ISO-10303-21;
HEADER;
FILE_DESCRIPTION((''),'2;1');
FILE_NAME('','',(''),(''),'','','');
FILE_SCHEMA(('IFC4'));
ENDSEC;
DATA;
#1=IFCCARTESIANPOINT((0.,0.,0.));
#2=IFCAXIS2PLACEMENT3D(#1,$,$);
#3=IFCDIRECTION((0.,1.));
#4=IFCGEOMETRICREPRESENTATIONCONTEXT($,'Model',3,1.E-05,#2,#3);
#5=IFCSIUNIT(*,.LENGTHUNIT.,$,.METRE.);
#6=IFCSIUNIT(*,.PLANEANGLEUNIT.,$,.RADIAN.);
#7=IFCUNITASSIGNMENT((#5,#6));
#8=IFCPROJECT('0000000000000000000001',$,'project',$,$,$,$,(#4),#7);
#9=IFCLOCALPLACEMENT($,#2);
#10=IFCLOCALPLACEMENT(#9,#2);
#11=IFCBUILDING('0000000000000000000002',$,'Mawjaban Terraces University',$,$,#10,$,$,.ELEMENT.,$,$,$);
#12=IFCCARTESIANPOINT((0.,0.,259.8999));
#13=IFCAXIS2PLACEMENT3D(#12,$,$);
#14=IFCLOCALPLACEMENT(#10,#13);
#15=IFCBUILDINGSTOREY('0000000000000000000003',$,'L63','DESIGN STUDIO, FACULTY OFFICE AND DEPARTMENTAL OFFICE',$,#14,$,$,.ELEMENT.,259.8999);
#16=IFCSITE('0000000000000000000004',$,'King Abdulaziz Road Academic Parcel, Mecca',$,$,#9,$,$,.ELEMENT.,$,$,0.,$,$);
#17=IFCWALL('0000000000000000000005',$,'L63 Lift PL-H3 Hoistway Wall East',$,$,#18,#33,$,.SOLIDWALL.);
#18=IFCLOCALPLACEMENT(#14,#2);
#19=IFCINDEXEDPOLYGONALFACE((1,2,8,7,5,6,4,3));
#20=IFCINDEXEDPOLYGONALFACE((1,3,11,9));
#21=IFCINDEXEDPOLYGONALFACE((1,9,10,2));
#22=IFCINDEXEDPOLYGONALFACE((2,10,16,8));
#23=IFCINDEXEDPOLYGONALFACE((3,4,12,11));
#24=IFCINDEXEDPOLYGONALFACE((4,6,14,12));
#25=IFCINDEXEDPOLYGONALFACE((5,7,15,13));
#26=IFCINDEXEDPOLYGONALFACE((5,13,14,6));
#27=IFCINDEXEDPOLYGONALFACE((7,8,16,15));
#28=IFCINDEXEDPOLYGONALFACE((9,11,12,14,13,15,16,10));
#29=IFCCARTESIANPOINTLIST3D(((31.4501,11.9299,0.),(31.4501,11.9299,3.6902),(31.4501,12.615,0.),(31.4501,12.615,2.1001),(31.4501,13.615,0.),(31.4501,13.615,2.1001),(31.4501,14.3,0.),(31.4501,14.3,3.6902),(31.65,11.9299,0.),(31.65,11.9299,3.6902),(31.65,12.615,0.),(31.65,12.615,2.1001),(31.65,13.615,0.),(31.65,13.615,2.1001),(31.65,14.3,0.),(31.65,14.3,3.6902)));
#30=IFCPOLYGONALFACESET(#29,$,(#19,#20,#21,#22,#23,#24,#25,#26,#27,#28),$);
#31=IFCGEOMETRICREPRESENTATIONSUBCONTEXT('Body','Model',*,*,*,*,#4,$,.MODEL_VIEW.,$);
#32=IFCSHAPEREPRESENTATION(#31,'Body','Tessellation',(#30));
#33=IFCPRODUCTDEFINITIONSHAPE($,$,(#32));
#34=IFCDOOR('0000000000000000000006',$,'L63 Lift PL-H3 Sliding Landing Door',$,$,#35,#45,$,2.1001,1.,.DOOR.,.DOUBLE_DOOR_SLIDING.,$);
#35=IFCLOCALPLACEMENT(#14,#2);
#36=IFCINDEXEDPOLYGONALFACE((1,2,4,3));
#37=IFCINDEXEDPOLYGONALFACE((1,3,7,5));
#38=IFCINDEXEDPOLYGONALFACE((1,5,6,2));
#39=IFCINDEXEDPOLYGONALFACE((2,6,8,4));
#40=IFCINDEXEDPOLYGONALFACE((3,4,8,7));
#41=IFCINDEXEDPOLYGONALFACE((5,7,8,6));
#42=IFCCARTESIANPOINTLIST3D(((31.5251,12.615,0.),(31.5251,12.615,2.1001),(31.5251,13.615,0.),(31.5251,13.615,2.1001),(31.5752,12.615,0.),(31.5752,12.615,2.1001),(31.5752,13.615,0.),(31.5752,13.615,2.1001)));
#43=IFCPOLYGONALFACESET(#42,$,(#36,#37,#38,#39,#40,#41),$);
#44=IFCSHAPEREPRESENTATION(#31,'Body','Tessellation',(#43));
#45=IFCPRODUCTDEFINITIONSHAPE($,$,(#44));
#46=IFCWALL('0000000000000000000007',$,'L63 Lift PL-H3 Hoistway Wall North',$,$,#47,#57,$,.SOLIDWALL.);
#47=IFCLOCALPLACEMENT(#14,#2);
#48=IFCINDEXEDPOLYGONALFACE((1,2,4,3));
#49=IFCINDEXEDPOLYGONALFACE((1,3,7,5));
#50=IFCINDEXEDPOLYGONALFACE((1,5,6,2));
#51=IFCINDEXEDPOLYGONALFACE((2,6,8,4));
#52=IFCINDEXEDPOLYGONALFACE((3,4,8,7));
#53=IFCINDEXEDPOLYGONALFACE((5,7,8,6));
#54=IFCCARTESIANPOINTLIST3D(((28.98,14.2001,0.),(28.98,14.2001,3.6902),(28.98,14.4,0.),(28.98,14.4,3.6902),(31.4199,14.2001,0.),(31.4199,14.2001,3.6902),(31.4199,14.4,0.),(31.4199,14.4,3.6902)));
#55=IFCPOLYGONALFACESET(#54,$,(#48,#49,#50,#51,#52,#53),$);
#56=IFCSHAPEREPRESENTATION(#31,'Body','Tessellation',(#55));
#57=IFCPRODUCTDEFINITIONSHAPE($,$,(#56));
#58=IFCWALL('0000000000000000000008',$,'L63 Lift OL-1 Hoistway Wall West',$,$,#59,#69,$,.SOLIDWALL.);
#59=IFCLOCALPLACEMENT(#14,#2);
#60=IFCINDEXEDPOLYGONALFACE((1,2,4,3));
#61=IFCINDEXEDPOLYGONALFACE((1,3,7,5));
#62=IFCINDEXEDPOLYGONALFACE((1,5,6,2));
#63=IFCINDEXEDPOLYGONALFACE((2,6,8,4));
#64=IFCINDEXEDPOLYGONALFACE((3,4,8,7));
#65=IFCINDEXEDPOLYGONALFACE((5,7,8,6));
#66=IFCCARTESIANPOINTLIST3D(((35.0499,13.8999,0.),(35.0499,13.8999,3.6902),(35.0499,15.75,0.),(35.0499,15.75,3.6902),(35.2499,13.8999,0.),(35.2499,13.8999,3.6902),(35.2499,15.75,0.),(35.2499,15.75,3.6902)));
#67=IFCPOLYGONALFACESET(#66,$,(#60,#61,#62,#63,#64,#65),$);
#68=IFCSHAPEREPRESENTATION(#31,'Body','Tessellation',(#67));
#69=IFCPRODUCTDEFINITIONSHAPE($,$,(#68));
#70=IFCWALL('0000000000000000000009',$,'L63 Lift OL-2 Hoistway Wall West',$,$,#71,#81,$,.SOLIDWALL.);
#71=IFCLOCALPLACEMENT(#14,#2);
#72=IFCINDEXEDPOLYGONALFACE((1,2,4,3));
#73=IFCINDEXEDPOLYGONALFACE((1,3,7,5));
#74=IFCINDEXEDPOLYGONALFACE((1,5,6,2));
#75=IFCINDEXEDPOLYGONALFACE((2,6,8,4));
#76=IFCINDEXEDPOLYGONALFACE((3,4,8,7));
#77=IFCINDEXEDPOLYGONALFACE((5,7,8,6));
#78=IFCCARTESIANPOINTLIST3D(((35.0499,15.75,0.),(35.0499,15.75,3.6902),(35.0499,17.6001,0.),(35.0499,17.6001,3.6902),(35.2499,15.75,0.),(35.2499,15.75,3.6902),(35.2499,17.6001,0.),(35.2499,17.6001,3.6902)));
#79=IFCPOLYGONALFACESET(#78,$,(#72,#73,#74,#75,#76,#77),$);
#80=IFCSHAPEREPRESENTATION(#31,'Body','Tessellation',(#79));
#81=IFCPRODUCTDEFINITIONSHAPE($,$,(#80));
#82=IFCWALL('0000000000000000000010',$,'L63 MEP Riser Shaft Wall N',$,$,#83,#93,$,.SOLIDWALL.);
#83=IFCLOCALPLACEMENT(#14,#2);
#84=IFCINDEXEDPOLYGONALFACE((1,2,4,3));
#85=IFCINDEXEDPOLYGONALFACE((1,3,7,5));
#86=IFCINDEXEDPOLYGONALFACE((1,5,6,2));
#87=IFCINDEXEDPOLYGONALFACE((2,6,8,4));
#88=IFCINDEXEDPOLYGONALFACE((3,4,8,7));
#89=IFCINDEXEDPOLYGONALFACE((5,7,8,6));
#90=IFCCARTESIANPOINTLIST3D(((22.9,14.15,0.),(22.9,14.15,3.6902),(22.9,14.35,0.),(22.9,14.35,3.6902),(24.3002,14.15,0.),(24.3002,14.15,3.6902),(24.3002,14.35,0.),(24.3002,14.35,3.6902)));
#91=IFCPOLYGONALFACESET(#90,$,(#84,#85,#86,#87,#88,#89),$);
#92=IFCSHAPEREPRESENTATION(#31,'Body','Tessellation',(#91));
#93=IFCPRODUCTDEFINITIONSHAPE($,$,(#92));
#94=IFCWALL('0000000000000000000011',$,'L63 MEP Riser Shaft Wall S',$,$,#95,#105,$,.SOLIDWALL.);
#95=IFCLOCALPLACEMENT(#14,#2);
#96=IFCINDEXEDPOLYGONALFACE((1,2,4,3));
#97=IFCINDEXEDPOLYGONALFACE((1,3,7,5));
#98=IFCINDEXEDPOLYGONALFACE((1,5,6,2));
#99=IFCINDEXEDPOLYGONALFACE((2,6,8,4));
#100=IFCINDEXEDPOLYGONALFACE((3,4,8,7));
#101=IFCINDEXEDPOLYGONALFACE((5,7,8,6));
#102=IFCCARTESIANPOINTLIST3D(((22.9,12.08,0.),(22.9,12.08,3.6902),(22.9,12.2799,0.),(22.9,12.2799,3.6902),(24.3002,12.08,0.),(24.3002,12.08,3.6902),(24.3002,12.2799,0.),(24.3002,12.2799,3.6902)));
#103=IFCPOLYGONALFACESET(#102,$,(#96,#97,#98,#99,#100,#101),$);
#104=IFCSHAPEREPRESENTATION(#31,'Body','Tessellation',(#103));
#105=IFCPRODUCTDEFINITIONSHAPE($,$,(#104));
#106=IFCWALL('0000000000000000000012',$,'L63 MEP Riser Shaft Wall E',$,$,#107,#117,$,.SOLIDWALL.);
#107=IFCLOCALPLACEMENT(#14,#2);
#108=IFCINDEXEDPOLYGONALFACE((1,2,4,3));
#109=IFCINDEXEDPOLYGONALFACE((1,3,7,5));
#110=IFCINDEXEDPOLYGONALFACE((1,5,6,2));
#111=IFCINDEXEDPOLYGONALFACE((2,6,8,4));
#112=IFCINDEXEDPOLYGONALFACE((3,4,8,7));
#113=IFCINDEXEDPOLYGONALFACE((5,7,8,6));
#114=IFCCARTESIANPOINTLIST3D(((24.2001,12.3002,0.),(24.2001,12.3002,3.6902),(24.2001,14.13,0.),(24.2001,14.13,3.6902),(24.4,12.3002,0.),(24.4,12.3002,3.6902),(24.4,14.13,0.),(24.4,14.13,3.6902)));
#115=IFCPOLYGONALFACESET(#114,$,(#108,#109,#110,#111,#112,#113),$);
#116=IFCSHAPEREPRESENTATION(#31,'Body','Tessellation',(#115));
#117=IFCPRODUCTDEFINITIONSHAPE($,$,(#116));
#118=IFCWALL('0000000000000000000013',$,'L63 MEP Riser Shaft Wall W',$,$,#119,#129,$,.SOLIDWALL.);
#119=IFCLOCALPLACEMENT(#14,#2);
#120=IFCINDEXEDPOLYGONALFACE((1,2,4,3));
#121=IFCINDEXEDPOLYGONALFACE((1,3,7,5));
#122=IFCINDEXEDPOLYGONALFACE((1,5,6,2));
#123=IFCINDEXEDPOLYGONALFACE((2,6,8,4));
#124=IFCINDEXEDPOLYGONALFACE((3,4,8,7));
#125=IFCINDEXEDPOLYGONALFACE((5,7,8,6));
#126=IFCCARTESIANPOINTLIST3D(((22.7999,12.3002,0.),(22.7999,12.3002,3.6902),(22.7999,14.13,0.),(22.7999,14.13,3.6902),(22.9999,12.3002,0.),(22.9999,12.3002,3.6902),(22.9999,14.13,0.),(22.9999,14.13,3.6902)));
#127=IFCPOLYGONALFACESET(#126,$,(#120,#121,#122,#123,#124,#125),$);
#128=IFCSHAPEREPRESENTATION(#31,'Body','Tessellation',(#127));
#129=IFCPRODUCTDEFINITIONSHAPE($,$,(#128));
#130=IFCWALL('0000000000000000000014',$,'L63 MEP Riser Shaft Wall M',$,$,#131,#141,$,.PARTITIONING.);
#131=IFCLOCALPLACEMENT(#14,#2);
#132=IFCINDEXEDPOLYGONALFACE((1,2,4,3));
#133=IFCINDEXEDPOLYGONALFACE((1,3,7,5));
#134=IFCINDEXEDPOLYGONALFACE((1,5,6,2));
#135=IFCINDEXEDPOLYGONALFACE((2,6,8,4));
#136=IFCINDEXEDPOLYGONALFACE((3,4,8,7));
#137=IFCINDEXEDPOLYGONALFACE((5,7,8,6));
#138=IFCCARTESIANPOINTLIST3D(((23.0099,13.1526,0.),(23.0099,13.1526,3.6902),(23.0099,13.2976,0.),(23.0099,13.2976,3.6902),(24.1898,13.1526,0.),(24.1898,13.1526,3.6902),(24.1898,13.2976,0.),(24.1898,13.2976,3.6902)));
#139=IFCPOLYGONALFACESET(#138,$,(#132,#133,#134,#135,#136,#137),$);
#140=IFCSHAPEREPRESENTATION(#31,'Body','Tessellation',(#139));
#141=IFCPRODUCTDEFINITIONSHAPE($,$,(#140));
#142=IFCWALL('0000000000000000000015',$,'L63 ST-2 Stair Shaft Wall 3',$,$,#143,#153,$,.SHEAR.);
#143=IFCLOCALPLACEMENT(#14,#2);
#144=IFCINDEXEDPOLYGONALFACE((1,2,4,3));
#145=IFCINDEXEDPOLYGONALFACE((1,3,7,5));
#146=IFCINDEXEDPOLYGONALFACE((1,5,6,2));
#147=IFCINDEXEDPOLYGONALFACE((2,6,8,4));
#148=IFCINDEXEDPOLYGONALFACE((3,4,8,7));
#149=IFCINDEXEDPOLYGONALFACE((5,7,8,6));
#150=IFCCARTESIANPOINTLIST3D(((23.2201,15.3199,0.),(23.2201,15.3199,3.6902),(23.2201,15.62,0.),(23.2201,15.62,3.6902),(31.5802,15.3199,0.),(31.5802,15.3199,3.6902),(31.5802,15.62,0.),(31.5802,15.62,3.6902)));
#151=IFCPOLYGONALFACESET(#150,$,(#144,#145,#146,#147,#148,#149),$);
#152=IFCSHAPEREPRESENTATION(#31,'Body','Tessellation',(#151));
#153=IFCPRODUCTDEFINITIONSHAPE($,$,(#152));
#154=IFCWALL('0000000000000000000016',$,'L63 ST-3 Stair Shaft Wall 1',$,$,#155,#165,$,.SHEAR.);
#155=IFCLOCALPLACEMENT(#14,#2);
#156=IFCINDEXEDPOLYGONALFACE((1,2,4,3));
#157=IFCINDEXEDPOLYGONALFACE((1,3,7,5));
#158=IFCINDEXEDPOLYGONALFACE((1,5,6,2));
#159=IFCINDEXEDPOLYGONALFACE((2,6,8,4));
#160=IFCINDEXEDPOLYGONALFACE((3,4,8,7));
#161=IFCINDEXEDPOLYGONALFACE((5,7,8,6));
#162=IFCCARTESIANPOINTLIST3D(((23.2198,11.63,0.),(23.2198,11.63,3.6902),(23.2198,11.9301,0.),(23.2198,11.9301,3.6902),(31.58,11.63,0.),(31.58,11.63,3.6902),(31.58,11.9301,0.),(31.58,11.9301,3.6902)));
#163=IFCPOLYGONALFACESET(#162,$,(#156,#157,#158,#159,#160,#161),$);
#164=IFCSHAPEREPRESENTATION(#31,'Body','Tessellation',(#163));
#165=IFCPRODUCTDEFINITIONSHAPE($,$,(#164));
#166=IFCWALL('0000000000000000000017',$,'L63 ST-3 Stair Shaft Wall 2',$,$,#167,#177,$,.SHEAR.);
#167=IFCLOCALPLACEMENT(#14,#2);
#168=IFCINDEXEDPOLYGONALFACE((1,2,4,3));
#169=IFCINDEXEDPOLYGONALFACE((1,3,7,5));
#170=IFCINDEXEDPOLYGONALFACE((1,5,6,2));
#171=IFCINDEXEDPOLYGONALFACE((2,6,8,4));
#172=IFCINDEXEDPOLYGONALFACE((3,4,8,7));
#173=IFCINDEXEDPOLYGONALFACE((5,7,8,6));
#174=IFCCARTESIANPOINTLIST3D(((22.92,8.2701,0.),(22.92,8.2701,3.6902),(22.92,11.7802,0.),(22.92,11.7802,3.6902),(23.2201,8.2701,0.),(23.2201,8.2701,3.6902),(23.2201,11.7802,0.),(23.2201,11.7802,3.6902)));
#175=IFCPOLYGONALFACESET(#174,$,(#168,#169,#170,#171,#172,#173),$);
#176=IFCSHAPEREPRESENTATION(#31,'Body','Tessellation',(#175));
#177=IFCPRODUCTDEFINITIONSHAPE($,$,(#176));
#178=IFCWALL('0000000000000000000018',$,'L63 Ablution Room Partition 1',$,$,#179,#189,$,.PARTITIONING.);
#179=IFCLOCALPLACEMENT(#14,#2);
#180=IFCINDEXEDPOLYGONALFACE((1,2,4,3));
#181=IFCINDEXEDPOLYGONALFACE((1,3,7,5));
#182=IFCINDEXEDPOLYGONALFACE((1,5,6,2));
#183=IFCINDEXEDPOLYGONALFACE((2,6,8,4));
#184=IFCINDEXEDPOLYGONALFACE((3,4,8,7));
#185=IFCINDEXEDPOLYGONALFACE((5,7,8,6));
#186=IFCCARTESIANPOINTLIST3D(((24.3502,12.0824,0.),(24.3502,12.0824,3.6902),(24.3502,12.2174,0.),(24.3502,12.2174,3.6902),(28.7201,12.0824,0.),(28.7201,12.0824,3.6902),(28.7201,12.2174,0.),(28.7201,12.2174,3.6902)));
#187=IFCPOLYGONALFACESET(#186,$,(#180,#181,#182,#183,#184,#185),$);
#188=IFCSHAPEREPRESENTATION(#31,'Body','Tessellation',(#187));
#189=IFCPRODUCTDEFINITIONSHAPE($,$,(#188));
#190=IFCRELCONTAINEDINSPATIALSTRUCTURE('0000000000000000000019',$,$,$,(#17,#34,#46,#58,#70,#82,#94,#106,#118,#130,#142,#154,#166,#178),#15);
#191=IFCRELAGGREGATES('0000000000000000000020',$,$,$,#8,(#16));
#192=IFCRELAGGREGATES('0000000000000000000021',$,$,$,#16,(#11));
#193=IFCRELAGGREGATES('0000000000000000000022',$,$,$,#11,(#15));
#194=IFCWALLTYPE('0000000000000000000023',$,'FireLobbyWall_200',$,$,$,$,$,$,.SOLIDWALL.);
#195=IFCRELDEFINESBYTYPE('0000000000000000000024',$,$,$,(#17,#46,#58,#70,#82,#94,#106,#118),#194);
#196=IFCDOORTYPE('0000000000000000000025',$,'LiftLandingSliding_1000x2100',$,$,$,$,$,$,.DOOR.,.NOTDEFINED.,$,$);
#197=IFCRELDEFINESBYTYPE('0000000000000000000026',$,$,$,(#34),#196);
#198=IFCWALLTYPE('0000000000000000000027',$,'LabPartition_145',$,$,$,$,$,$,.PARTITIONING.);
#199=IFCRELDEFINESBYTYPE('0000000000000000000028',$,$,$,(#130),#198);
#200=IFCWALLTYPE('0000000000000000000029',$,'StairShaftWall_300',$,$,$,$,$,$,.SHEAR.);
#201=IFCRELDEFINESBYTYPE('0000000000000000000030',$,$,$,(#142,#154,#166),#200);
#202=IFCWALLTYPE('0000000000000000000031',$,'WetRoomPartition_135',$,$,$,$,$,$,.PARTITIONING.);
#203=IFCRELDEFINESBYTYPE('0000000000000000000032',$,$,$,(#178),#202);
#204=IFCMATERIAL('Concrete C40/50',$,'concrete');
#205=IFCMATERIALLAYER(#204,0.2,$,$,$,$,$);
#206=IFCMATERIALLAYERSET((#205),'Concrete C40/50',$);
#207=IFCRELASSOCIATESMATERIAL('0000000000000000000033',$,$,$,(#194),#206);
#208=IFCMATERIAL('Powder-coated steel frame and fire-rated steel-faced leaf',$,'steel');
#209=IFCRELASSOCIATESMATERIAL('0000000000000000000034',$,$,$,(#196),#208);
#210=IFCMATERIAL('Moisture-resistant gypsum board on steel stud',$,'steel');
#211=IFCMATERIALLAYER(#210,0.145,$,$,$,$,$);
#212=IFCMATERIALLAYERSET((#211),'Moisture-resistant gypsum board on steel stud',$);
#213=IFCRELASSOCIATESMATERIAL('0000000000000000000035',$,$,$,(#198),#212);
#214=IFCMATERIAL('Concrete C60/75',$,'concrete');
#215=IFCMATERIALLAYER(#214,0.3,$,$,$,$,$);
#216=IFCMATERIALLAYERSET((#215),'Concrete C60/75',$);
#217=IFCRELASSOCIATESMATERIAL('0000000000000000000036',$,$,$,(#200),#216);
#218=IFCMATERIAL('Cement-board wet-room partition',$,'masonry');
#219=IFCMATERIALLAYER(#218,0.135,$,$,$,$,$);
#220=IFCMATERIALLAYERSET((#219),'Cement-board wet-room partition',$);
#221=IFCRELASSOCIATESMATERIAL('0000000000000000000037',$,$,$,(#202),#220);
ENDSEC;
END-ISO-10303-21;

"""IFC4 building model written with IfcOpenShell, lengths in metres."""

from ifc_helpers import new_model, si_unit, direction, frame, frame_2d, origin, place, context, subcontext, project, spatial, rectangle, extrude, material, layer, layer_set, type_object, element, fill, save


model = new_model("IFC4")

# Units and contexts
model_context = context("Model", 3, precision=1e-05, world=origin(), true_north=direction((0.0, 1.0)))
body_context = subcontext(model_context, "Body", "Model", "MODEL_VIEW")
ifc_project = project(units=[si_unit("LENGTHUNIT", "METRE"), si_unit("PLANEANGLEUNIT", "RADIAN")], contexts=[model_context])

# Site, building, storey
site_placement = place(None, origin())
site = spatial("IfcSite", under=ifc_project, at=site_placement, Name="King Abdulaziz Road Academic Parcel, Mecca", CompositionType="ELEMENT", RefElevation=0.0)
building_placement = place(site_placement, origin())
building = spatial("IfcBuilding", under=site, at=building_placement, Name="Mawjaban Terraces University", CompositionType="ELEMENT")
storey_placement = place(building_placement, frame((0.0, 0.0, 259.8999)))
storey = spatial("IfcBuildingStorey", under=building, at=storey_placement, Name="L63", Description="DESIGN STUDIO, FACULTY OFFICE AND DEPARTMENTAL OFFICE", CompositionType="ELEMENT", Elevation=259.8999)

# Shared definitions
ifc_material_1 = material(Name="Concrete C40/50", Category="concrete")
ifc_layer_1 = layer(ifc_material_1, 0.2)
ifc_layer_set_1 = layer_set([ifc_layer_1], Name="Concrete C40/50")
wall_type_1 = type_object("IfcWallType", Name="FireLobbyWall_200", PredefinedType="SOLIDWALL", material=ifc_layer_set_1)
ifc_material_2 = material(Name="Powder-coated steel frame and fire-rated steel-faced leaf", Category="steel")
door_type_1 = type_object("IfcDoorType", Name="LiftLandingSliding_1000x2100", OperationType="NOTDEFINED", PredefinedType="DOOR", material=ifc_material_2)

# Wall, opening, door
wall_1_placement = place(storey_placement, frame((31.55, 11.9299, 0.0), z_axis=(0.0, 0.0, 1.0), x_axis=(0.0, 1.0, 0.0)))
wall_1 = element("IfcWall", 1, at=wall_1_placement, inside=storey, type_object=wall_type_1, Name="L63 Lift PL-H3 Hoistway Wall East", PredefinedType="SOLIDWALL", context=body_context, shape_type="SweptSolid", body=[
    extrude(rectangle(XDim=2.3701, YDim=0.2, at=frame_2d((1.1851, 0.0))), origin(), (0.0, 0.0, 1.0), 3.6902),
])
opening_1_placement = place(wall_1_placement, frame((0.6851, 0.0, 0.0)))
opening_1 = element("IfcOpeningElement", 2, at=opening_1_placement, cuts=wall_1, PredefinedType="OPENING", context=body_context, shape_type="SweptSolid", body=[
    extrude(rectangle(XDim=1.0, YDim=2.1001, at=frame_2d((0.5, 1.05))), frame((0.0, 0.1099, 0.0), z_axis=(0.0, -1.0, 0.0), x_axis=(1.0, 0.0, 0.0)), (0.0, 0.0, 1.0), 0.22),
])
door_1_placement = place(opening_1_placement, origin())
door_1 = element("IfcDoor", 3, at=door_1_placement, inside=storey, type_object=door_type_1, Name="L63 Lift PL-H3 Sliding Landing Door", OperationType="DOUBLE_DOOR_SLIDING", OverallHeight=2.1001, OverallWidth=1.0, PredefinedType="DOOR", context=body_context, shape_type="SweptSolid", body=[
    extrude(rectangle(XDim=1.0, YDim=2.1001, at=frame_2d((0.5, 1.05))), frame((0.0, 0.0249, 0.0), z_axis=(0.0, -1.0, 0.0), x_axis=(1.0, 0.0, 0.0)), (0.0, 0.0, 1.0), 0.05),
])
fill(opening_1, door_1)

# Walls
wall_2_placement = place(storey_placement, frame((31.4199, 14.3, 0.0), z_axis=(0.0, 0.0, 1.0), x_axis=(-1.0, 0.0, 0.0)))
element("IfcWall", 4, at=wall_2_placement, inside=storey, type_object=wall_type_1, Name="L63 Lift PL-H3 Hoistway Wall North", PredefinedType="SOLIDWALL", context=body_context, shape_type="SweptSolid", body=[
    extrude(rectangle(XDim=2.4399, YDim=0.2, at=frame_2d((1.22, 0.0))), origin(), (0.0, 0.0, 1.0), 3.6902),
])
for number, where, z_axis, x_axis, name in (
    (5, (35.1499, 15.75, 0.0), (0.0, 0.0, 1.0), (0.0, -1.0, 0.0), "L63 Lift OL-1 Hoistway Wall West"),
    (6, (35.1499, 17.6001, 0.0), (0.0, 0.0, 1.0), (0.0, -1.0, 0.0), "L63 Lift OL-2 Hoistway Wall West"),
):
    element("IfcWall", number, at=place(storey_placement, frame(where, z_axis=z_axis, x_axis=x_axis)), inside=storey, type_object=wall_type_1, Name=name, PredefinedType="SOLIDWALL", context=body_context, shape_type="SweptSolid", body=[
        extrude(rectangle(XDim=1.8501, YDim=0.2, at=frame_2d((0.925, 0.0))), origin(), (0.0, 0.0, 1.0), 3.6902),
    ])
for number, where, z_axis, x_axis, name in (
    (7, (22.8999, 14.25, 0.0), (0.0, 0.0, 1.0), (1.0, 0.0, 0.0), "L63 MEP Riser Shaft Wall N"),
    (8, (22.8999, 12.1799, 0.0), (0.0, 0.0, 1.0), (1.0, 0.0, 0.0), "L63 MEP Riser Shaft Wall S"),
):
    element("IfcWall", number, at=place(storey_placement, frame(where, z_axis=z_axis, x_axis=x_axis)), inside=storey, type_object=wall_type_1, Name=name, PredefinedType="SOLIDWALL", context=body_context, shape_type="SweptSolid", body=[
        extrude(rectangle(XDim=1.4001, YDim=0.2, at=frame_2d((0.7002, 0.0))), origin(), (0.0, 0.0, 1.0), 3.6902),
    ])
for number, where, z_axis, x_axis, name in (
    (9, (24.3, 12.3, 0.0), (0.0, 0.0, 1.0), (0.0, 1.0, 0.0), "L63 MEP Riser Shaft Wall E"),
    (10, (22.8999, 12.3, 0.0), (0.0, 0.0, 1.0), (0.0, 1.0, 0.0), "L63 MEP Riser Shaft Wall W"),
):
    element("IfcWall", number, at=place(storey_placement, frame(where, z_axis=z_axis, x_axis=x_axis)), inside=storey, type_object=wall_type_1, Name=name, PredefinedType="SOLIDWALL", context=body_context, shape_type="SweptSolid", body=[
        extrude(rectangle(XDim=1.8298, YDim=0.2, at=frame_2d((0.915, 0.0))), origin(), (0.0, 0.0, 1.0), 3.6902),
    ])
ifc_material_3 = material(Name="Moisture-resistant gypsum board on steel stud", Category="steel")
ifc_layer_2 = layer(ifc_material_3, 0.145)
ifc_layer_set_2 = layer_set([ifc_layer_2], Name="Moisture-resistant gypsum board on steel stud")
wall_type_2 = type_object("IfcWallType", Name="LabPartition_145", PredefinedType="PARTITIONING", material=ifc_layer_set_2)
wall_3_placement = place(storey_placement, frame((23.01, 13.2251, 0.0), z_axis=(0.0, 0.0, 1.0), x_axis=(1.0, 0.0, 0.0)))
element("IfcWall", 11, at=wall_3_placement, inside=storey, type_object=wall_type_2, Name="L63 MEP Riser Shaft Wall M", PredefinedType="PARTITIONING", context=body_context, shape_type="SweptSolid", body=[
    extrude(rectangle(XDim=1.1799, YDim=0.145, at=frame_2d((0.5898, 0.0))), origin(), (0.0, 0.0, 1.0), 3.6902),
])
ifc_material_4 = material(Name="Concrete C60/75", Category="concrete")
ifc_layer_3 = layer(ifc_material_4, 0.3)
ifc_layer_set_3 = layer_set([ifc_layer_3], Name="Concrete C60/75")
wall_type_3 = type_object("IfcWallType", Name="StairShaftWall_300", PredefinedType="SHEAR", material=ifc_layer_set_3)
wall_4_placement = place(storey_placement, frame((23.22, 15.47, 0.0), z_axis=(0.0, 0.0, 1.0), x_axis=(1.0, 0.0, 0.0)))
element("IfcWall", 12, at=wall_4_placement, inside=storey, type_object=wall_type_3, Name="L63 ST-2 Stair Shaft Wall 3", PredefinedType="SHEAR", context=body_context, shape_type="SweptSolid", body=[
    extrude(rectangle(XDim=8.3601, YDim=0.3, at=frame_2d((4.1802, 0.0))), origin(), (0.0, 0.0, 1.0), 3.6902),
])

# Walls
wall_5_placement = place(storey_placement, frame((31.5801, 11.78, 0.0), z_axis=(0.0, 0.0, 1.0), x_axis=(-1.0, 0.0, 0.0)))
element("IfcWall", 13, at=wall_5_placement, inside=storey, type_object=wall_type_3, Name="L63 ST-3 Stair Shaft Wall 1", PredefinedType="SHEAR", context=body_context, shape_type="SweptSolid", body=[
    extrude(rectangle(XDim=8.3601, YDim=0.3, at=frame_2d((4.1802, 0.0))), origin(), (0.0, 0.0, 1.0), 3.6902),
])
wall_6_placement = place(storey_placement, frame((23.0701, 11.78, 0.0), z_axis=(0.0, 0.0, 1.0), x_axis=(0.0, -1.0, 0.0)))
element("IfcWall", 14, at=wall_6_placement, inside=storey, type_object=wall_type_3, Name="L63 ST-3 Stair Shaft Wall 2", PredefinedType="SHEAR", context=body_context, shape_type="SweptSolid", body=[
    extrude(rectangle(XDim=3.51, YDim=0.3, at=frame_2d((1.7549, 0.0))), origin(), (0.0, 0.0, 1.0), 3.6902),
])
ifc_material_5 = material(Name="Cement-board wet-room partition", Category="masonry")
ifc_layer_4 = layer(ifc_material_5, 0.135)
ifc_layer_set_4 = layer_set([ifc_layer_4], Name="Cement-board wet-room partition")
wall_type_4 = type_object("IfcWallType", Name="WetRoomPartition_135", PredefinedType="PARTITIONING", material=ifc_layer_set_4)
wall_7_placement = place(storey_placement, frame((24.3501, 12.1499, 0.0), z_axis=(0.0, 0.0, 1.0), x_axis=(1.0, 0.0, 0.0)))
element("IfcWall", 15, at=wall_7_placement, inside=storey, type_object=wall_type_4, Name="L63 Ablution Room Partition 1", PredefinedType="PARTITIONING", context=body_context, shape_type="SweptSolid", body=[
    extrude(rectangle(XDim=4.3699, YDim=0.135, at=frame_2d((2.1851, 0.0))), origin(), (0.0, 0.0, 1.0), 3.6902),
])

save(model, "model.ifc")
